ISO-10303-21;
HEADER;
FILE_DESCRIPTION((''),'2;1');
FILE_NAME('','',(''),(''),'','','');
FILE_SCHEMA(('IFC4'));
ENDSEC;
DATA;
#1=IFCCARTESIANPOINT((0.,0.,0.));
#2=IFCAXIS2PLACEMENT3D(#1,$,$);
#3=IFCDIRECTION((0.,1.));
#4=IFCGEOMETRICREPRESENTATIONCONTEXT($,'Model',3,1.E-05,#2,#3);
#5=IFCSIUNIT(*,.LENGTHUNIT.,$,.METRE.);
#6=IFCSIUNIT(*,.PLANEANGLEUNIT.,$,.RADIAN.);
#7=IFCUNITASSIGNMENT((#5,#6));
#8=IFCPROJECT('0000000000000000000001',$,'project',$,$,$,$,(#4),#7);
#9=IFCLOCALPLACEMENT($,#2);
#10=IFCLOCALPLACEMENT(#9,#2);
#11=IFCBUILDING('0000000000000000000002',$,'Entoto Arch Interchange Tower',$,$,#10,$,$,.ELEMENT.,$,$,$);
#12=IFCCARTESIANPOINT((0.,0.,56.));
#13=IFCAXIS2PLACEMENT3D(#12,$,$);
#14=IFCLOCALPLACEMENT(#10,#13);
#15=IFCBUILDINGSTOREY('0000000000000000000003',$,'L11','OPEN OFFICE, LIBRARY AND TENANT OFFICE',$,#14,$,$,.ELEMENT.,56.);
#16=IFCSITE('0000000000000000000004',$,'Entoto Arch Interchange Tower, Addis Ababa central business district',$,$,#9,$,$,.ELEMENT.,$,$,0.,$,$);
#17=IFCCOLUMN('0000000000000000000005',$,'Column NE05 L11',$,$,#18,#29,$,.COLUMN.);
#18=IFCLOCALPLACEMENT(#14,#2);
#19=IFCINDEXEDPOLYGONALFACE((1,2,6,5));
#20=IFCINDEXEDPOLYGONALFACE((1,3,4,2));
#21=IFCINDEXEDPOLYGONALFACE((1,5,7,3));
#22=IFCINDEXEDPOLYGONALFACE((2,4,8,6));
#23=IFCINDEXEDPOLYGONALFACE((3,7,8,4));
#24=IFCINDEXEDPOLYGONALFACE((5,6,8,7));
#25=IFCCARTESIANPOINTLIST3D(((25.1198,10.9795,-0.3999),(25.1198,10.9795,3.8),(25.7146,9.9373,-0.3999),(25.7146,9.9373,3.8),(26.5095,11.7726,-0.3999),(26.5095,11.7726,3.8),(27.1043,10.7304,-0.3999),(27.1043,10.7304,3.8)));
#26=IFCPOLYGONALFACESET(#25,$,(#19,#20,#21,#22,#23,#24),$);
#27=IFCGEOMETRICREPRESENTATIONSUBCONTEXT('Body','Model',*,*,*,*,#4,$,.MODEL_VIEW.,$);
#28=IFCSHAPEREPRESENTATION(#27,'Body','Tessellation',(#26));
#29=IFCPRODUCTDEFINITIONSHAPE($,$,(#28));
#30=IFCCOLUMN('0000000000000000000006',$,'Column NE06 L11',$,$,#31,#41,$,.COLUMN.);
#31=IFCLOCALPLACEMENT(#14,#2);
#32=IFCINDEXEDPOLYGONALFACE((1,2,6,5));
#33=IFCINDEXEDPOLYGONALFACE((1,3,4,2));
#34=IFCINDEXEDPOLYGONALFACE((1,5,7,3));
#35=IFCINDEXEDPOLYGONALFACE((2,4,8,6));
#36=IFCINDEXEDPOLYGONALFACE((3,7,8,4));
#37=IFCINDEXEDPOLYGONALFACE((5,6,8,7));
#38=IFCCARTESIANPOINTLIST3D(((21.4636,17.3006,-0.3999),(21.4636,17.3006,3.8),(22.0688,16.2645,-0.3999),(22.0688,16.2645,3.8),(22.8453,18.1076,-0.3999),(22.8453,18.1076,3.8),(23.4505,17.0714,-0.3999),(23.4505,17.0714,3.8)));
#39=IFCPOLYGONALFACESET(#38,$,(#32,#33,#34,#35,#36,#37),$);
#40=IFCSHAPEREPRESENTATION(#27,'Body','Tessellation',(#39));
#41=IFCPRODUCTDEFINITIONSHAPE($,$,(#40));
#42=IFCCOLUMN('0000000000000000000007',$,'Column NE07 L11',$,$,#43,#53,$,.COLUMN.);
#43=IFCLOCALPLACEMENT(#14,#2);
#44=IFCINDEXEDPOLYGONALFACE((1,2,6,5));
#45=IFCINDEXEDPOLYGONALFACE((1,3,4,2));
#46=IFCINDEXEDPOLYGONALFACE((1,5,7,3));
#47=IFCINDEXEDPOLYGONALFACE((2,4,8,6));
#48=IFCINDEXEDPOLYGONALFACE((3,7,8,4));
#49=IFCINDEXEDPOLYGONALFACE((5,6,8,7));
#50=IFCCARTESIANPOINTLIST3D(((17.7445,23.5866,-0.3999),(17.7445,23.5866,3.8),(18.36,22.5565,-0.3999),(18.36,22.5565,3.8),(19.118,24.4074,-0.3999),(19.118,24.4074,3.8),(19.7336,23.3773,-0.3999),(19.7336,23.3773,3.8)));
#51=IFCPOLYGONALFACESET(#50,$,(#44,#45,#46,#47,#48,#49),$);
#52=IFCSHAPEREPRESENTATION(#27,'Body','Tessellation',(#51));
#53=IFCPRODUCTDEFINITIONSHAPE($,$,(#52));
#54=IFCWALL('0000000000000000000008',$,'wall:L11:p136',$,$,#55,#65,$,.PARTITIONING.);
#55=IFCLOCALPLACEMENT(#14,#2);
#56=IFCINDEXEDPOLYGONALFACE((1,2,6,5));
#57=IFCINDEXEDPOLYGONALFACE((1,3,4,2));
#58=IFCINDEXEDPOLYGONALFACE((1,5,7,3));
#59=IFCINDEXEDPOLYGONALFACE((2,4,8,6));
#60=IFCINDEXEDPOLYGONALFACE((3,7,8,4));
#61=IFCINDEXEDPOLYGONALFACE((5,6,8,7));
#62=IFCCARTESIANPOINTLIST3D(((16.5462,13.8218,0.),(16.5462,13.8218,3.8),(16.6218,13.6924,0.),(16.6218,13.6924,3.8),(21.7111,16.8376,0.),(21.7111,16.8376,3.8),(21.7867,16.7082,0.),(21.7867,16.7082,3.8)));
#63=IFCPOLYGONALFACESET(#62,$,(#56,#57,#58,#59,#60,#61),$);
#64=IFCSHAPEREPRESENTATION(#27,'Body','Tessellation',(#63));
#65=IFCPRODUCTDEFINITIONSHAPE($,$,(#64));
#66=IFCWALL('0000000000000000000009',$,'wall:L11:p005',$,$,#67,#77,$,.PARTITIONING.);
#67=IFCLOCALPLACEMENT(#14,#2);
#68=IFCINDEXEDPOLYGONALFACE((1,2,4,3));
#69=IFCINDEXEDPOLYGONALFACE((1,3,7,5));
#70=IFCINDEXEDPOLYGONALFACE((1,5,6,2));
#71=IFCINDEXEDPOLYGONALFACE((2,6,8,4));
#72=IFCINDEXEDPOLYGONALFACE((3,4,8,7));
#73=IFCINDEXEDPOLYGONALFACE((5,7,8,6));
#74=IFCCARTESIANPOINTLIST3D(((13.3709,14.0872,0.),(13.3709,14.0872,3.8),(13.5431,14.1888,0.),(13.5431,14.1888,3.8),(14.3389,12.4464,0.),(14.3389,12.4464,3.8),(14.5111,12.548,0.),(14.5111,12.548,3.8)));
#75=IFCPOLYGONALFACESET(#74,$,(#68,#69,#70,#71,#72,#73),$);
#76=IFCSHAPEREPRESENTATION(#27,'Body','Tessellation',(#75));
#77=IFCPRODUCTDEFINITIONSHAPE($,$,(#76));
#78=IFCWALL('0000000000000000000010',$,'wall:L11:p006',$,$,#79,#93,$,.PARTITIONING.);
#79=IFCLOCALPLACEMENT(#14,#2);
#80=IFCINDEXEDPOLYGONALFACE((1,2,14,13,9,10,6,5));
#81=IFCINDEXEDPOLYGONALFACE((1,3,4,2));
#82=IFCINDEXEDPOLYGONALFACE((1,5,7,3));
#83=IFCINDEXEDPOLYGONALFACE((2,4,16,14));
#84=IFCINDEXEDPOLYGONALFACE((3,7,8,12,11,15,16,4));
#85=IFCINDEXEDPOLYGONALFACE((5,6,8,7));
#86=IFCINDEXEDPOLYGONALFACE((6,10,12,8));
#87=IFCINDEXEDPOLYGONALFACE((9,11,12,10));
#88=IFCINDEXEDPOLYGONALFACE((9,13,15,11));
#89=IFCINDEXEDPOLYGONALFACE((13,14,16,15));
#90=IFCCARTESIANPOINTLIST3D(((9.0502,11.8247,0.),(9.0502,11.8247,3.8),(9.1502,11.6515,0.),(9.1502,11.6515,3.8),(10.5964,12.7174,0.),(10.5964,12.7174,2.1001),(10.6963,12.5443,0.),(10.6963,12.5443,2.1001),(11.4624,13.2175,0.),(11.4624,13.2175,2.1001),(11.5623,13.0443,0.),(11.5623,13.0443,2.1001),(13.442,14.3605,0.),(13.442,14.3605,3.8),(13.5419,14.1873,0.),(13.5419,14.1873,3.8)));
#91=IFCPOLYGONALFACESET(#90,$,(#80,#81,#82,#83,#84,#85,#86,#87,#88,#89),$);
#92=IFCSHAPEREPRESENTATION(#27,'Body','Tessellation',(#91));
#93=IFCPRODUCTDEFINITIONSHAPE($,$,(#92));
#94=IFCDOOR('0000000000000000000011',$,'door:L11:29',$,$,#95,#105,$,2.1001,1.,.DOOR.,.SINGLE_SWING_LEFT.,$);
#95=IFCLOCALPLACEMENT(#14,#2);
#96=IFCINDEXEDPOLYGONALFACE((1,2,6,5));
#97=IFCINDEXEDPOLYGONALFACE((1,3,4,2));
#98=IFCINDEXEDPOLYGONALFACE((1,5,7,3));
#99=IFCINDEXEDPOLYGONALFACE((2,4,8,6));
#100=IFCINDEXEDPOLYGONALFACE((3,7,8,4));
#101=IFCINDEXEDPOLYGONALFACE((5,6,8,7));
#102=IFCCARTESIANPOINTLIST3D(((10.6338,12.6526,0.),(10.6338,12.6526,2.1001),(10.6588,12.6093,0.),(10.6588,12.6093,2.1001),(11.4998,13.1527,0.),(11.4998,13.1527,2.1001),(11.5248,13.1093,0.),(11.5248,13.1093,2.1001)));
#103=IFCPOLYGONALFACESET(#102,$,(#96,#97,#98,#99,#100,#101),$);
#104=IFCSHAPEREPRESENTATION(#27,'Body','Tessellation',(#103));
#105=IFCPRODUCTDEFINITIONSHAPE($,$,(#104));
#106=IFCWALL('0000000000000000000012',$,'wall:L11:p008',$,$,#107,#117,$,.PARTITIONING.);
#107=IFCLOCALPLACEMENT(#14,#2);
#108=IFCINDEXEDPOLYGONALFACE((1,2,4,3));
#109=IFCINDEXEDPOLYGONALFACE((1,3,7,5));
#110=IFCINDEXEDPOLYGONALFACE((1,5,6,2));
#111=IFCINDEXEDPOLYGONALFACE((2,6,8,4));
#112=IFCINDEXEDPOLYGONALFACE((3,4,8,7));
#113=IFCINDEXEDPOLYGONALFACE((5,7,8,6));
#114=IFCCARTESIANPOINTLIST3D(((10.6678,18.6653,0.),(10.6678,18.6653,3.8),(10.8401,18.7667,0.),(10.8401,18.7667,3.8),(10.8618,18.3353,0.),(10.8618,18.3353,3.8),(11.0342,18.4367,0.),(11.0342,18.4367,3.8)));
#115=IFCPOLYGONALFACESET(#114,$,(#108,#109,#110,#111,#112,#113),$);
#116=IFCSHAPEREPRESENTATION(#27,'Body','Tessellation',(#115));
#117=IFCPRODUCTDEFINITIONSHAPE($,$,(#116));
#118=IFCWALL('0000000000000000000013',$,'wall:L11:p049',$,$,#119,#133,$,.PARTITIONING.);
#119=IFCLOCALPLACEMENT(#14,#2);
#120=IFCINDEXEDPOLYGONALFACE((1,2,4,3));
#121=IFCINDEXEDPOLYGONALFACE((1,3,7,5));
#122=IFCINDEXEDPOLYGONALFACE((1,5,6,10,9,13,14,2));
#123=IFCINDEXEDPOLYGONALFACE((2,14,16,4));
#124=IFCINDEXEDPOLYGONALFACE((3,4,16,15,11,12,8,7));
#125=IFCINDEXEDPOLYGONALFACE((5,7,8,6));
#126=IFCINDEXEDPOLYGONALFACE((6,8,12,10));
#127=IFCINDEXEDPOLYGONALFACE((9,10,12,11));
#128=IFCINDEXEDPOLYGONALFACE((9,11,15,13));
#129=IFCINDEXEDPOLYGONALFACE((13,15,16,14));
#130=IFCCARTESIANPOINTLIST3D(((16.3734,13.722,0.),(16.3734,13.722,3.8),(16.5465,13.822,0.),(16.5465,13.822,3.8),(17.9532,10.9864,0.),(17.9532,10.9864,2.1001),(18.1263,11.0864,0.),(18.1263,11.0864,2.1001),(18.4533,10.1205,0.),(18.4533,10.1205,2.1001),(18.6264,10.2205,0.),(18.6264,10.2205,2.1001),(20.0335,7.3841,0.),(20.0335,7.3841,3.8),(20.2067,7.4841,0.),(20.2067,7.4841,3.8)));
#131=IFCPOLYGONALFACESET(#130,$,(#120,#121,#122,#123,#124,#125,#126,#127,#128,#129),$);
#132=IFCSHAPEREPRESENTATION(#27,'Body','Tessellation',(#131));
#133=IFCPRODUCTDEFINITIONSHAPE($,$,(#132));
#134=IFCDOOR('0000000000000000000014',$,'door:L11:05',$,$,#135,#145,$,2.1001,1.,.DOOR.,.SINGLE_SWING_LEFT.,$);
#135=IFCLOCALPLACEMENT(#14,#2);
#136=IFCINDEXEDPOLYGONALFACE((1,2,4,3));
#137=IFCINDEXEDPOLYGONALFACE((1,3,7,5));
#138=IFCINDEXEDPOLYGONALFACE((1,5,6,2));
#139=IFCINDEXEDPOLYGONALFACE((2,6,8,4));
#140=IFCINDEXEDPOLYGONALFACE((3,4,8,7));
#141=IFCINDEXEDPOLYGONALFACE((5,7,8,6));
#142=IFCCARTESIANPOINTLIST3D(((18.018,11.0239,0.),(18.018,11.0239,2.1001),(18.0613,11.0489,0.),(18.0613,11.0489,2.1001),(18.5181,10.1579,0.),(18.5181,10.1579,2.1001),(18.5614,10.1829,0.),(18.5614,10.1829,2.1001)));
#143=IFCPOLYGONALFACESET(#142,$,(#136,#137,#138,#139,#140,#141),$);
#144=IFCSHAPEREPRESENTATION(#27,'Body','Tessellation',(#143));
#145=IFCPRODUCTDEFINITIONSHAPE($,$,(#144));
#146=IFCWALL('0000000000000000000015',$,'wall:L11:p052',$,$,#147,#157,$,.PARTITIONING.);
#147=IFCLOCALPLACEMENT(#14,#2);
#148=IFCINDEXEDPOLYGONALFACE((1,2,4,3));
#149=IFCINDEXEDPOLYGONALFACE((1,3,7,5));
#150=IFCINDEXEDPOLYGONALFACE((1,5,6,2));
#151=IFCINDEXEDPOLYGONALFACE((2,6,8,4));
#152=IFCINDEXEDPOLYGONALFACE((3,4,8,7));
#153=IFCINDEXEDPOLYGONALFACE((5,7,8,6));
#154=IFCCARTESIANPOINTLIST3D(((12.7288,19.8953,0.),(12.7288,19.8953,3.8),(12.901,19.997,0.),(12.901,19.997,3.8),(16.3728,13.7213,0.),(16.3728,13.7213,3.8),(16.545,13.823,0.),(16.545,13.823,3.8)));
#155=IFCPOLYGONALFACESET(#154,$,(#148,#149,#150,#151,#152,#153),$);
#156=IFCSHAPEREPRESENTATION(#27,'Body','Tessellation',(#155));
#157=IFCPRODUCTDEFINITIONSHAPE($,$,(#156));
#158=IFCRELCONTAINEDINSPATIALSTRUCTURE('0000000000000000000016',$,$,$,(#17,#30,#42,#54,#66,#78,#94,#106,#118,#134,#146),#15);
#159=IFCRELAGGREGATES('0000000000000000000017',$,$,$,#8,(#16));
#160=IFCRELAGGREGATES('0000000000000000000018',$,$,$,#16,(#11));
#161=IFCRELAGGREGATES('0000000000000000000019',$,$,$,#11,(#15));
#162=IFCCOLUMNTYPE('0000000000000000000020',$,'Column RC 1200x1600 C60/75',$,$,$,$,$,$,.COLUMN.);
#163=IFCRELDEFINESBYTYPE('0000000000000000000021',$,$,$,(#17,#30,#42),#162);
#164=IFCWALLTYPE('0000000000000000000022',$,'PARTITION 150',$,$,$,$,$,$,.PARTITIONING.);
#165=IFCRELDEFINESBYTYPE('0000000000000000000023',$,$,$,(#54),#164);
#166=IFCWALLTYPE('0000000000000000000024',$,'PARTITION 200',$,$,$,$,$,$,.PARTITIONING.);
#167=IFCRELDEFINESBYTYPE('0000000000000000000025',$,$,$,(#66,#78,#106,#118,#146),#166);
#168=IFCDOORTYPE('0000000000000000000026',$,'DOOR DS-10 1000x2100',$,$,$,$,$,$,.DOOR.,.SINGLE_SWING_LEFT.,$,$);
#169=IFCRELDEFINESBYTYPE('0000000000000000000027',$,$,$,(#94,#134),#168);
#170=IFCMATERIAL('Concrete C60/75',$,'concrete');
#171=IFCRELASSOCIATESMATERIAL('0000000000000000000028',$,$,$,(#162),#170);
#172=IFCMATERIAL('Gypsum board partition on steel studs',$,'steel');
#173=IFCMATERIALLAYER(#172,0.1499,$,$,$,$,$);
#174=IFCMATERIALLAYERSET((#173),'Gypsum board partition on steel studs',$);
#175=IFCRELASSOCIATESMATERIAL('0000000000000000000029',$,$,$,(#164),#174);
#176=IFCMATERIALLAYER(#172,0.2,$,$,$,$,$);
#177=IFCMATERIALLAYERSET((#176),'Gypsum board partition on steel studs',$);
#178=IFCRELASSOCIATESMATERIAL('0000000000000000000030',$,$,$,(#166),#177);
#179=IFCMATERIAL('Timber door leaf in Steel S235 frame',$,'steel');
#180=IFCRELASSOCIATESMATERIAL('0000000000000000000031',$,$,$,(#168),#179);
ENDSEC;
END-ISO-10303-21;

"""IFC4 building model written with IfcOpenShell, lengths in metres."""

from ifc_helpers import new_model, si_unit, direction, frame, frame_2d, origin, origin_2d, place, context, subcontext, project, spatial, rectangle, extrude, material, layer, layer_set, material_profile, profile_set, type_object, element, fill, save


model = new_model("IFC4")

# Units and contexts
model_context = context("Model", 3, precision=1e-05, world=origin(), true_north=direction((0.0, 1.0)))
body_context = subcontext(model_context, "Body", "Model", "MODEL_VIEW")
ifc_project = project(units=[si_unit("LENGTHUNIT", "METRE"), si_unit("PLANEANGLEUNIT", "RADIAN")], contexts=[model_context])

# Site, building, storey
site_placement = place(None, origin())
site = spatial("IfcSite", under=ifc_project, at=site_placement, Name="Entoto Arch Interchange Tower, Addis Ababa central business district", CompositionType="ELEMENT", RefElevation=0.0)
building_placement = place(site_placement, origin())
building = spatial("IfcBuilding", under=site, at=building_placement, Name="Entoto Arch Interchange Tower", CompositionType="ELEMENT")
storey_placement = place(building_placement, frame((0.0, 0.0, 56.0)))
storey = spatial("IfcBuildingStorey", under=building, at=storey_placement, Name="L11", Description="OPEN OFFICE, LIBRARY AND TENANT OFFICE", CompositionType="ELEMENT", Elevation=56.0)

# Columns
ifc_material_1 = material(Name="Concrete C60/75", Category="concrete")
ifc_material_profile = material_profile(ifc_material_1, rectangle(XDim=1.2, YDim=1.6001, at=origin_2d()))
ifc_profile_set = profile_set([ifc_material_profile], Name="Concrete C60/75")
column_type = type_object("IfcColumnType", Name="Column RC 1200x1600 C60/75", PredefinedType="COLUMN", material=ifc_profile_set)
for number, where, z_axis, x_axis, name in (
    (1, (26.1121, 10.855, -0.3999), (0.0, 0.0, 1.0), (-0.495656, 0.868519, 0.0), "Column NE05 L11"),
    (2, (22.457, 17.186, -0.3999), (0.0, 0.0, 1.0), (-0.504332, 0.86351, 0.0), "Column NE06 L11"),
    (3, (18.739, 23.4819, -0.3999), (0.0, 0.0, 1.0), (-0.512972, 0.858405, 0.0), "Column NE07 L11"),
):
    element("IfcColumn", number, at=place(storey_placement, frame(where, z_axis=z_axis, x_axis=x_axis)), inside=storey, type_object=column_type, Name=name, PredefinedType="COLUMN", context=body_context, shape_type="SweptSolid", body=[
        extrude(rectangle(XDim=1.2, YDim=1.6001, at=origin_2d()), origin(), (0.0, 0.0, 1.0), 4.2),
    ])

# Walls
ifc_material_2 = material(Name="Gypsum board partition on steel studs", Category="steel")
ifc_layer_1 = layer(ifc_material_2, 0.1499)
ifc_layer_set_1 = layer_set([ifc_layer_1], Name="Gypsum board partition on steel studs")
wall_type_1 = type_object("IfcWallType", Name="PARTITION 150", PredefinedType="PARTITIONING", material=ifc_layer_set_1)
wall_1_placement = place(storey_placement, frame((16.584, 13.7571, 0.0), z_axis=(0.0, 0.0, 1.0), x_axis=(0.863566, 0.504236, 0.0)))
element("IfcWall", 4, at=wall_1_placement, inside=storey, type_object=wall_type_1, Name="wall:L11:p136", PredefinedType="PARTITIONING", context=body_context, shape_type="SweptSolid", body=[
    extrude(rectangle(XDim=5.981, YDim=0.1499, at=frame_2d((2.9905, 0.0))), origin(), (0.0, 0.0, 1.0), 3.8),
])
ifc_layer_2 = layer(ifc_material_2, 0.2)
ifc_layer_set_2 = layer_set([ifc_layer_2], Name="Gypsum board partition on steel studs")
wall_type_2 = type_object("IfcWallType", Name="PARTITION 200", PredefinedType="PARTITIONING", material=ifc_layer_set_2)
wall_2_placement = place(storey_placement, frame((14.425, 12.4971, 0.0), z_axis=(0.0, 0.0, 1.0), x_axis=(-0.508112, 0.861291, 0.0)))
element("IfcWall", 5, at=wall_2_placement, inside=storey, type_object=wall_type_2, Name="wall:L11:p005", PredefinedType="PARTITIONING", context=body_context, shape_type="SweptSolid", body=[
    extrude(rectangle(XDim=1.905, YDim=0.2, at=frame_2d((0.9526, 0.0))), origin(), (0.0, 0.0, 1.0), 3.8),
])

# Wall, opening, door
wall_3_placement = place(storey_placement, frame((13.4919, 14.2739, 0.0), z_axis=(0.0, 0.0, 1.0), x_axis=(-0.866004, -0.500038, 0.0)))
wall_3 = element("IfcWall", 6, at=wall_3_placement, inside=storey, type_object=wall_type_2, Name="wall:L11:p006", PredefinedType="PARTITIONING", context=body_context, shape_type="SweptSolid", body=[
    extrude(rectangle(XDim=5.0713, YDim=0.2, at=frame_2d((2.5356, 0.0))), origin(), (0.0, 0.0, 1.0), 3.8),
])
opening_1_placement = place(wall_3_placement, frame((2.2859, 0.0, 0.0)))
opening_1 = element("IfcOpeningElement", 7, at=opening_1_placement, cuts=wall_3, PredefinedType="OPENING", context=body_context, shape_type="SweptSolid", body=[
    extrude(rectangle(XDim=1.0, YDim=2.1001, at=frame_2d((0.5, 1.05))), frame((0.0, 0.1099, 0.0), z_axis=(0.0, -1.0, 0.0), x_axis=(1.0, 0.0, 0.0)), (0.0, 0.0, 1.0), 0.22),
])
ifc_material_3 = material(Name="Timber door leaf in Steel S235 frame", Category="steel")
door_type = type_object("IfcDoorType", Name="DOOR DS-10 1000x2100", OperationType="SINGLE_SWING_LEFT", PredefinedType="DOOR", material=ifc_material_3)
door_1_placement = place(opening_1_placement, origin())
door_1 = element("IfcDoor", 8, at=door_1_placement, inside=storey, type_object=door_type, Name="door:L11:29", OperationType="SINGLE_SWING_LEFT", OverallHeight=2.1001, OverallWidth=1.0, PredefinedType="DOOR", context=body_context, shape_type="SweptSolid", body=[
    extrude(rectangle(XDim=1.0, YDim=2.1001, at=frame_2d((0.5, 1.05))), frame((0.0, 0.0249, 0.0), z_axis=(0.0, -1.0, 0.0), x_axis=(1.0, 0.0, 0.0)), (0.0, 0.0, 1.0), 0.05),
])
fill(opening_1, door_1)

# Wall
wall_4_placement = place(storey_placement, frame((10.948, 18.386, 0.0), z_axis=(0.0, 0.0, 1.0), x_axis=(-0.506881, 0.862016, 0.0)))
element("IfcWall", 9, at=wall_4_placement, inside=storey, type_object=wall_type_2, Name="wall:L11:p008", PredefinedType="PARTITIONING", context=body_context, shape_type="SweptSolid", body=[
    extrude(rectangle(XDim=0.3828, YDim=0.2, at=frame_2d((0.1914, 0.0))), origin(), (0.0, 0.0, 1.0), 3.8),
])

# Wall, opening, door
wall_5_placement = place(storey_placement, frame((16.46, 13.772, 0.0), z_axis=(0.0, 0.0, 1.0), x_axis=(0.5001, -0.865968, 0.0)))
wall_5 = element("IfcWall", 10, at=wall_5_placement, inside=storey, type_object=wall_type_2, Name="wall:L11:p049", PredefinedType="PARTITIONING", context=body_context, shape_type="SweptSolid", body=[
    extrude(rectangle(XDim=7.3188, YDim=0.2, at=frame_2d((3.6594, 0.0))), origin(), (0.0, 0.0, 1.0), 3.8),
])
opening_2_placement = place(wall_5_placement, frame((3.1589, 0.0, 0.0)))
opening_2 = element("IfcOpeningElement", 11, at=opening_2_placement, cuts=wall_5, PredefinedType="OPENING", context=body_context, shape_type="SweptSolid", body=[
    extrude(rectangle(XDim=1.0, YDim=2.1001, at=frame_2d((0.5, 1.05))), frame((0.0, 0.1099, 0.0), z_axis=(0.0, -1.0, 0.0), x_axis=(1.0, 0.0, 0.0)), (0.0, 0.0, 1.0), 0.22),
])
door_2_placement = place(opening_2_placement, origin())
door_2 = element("IfcDoor", 12, at=door_2_placement, inside=storey, type_object=door_type, Name="door:L11:05", OperationType="SINGLE_SWING_LEFT", OverallHeight=2.1001, OverallWidth=1.0, PredefinedType="DOOR", context=body_context, shape_type="SweptSolid", body=[
    extrude(rectangle(XDim=1.0, YDim=2.1001, at=frame_2d((0.5, 1.05))), frame((0.0, 0.0249, 0.0), z_axis=(0.0, -1.0, 0.0), x_axis=(1.0, 0.0, 0.0)), (0.0, 0.0, 1.0), 0.05),
])
fill(opening_2, door_2)

# Wall
wall_6_placement = place(storey_placement, frame((12.8149, 19.946, 0.0), z_axis=(0.0, 0.0, 1.0), x_axis=(0.508288, -0.861187, 0.0)))
element("IfcWall", 13, at=wall_6_placement, inside=storey, type_object=wall_type_2, Name="wall:L11:p052", PredefinedType="PARTITIONING", context=body_context, shape_type="SweptSolid", body=[
    extrude(rectangle(XDim=7.1692, YDim=0.2, at=frame_2d((3.5845, 0.0))), origin(), (0.0, 0.0, 1.0), 3.8),
])

save(model, "model.ifc")
